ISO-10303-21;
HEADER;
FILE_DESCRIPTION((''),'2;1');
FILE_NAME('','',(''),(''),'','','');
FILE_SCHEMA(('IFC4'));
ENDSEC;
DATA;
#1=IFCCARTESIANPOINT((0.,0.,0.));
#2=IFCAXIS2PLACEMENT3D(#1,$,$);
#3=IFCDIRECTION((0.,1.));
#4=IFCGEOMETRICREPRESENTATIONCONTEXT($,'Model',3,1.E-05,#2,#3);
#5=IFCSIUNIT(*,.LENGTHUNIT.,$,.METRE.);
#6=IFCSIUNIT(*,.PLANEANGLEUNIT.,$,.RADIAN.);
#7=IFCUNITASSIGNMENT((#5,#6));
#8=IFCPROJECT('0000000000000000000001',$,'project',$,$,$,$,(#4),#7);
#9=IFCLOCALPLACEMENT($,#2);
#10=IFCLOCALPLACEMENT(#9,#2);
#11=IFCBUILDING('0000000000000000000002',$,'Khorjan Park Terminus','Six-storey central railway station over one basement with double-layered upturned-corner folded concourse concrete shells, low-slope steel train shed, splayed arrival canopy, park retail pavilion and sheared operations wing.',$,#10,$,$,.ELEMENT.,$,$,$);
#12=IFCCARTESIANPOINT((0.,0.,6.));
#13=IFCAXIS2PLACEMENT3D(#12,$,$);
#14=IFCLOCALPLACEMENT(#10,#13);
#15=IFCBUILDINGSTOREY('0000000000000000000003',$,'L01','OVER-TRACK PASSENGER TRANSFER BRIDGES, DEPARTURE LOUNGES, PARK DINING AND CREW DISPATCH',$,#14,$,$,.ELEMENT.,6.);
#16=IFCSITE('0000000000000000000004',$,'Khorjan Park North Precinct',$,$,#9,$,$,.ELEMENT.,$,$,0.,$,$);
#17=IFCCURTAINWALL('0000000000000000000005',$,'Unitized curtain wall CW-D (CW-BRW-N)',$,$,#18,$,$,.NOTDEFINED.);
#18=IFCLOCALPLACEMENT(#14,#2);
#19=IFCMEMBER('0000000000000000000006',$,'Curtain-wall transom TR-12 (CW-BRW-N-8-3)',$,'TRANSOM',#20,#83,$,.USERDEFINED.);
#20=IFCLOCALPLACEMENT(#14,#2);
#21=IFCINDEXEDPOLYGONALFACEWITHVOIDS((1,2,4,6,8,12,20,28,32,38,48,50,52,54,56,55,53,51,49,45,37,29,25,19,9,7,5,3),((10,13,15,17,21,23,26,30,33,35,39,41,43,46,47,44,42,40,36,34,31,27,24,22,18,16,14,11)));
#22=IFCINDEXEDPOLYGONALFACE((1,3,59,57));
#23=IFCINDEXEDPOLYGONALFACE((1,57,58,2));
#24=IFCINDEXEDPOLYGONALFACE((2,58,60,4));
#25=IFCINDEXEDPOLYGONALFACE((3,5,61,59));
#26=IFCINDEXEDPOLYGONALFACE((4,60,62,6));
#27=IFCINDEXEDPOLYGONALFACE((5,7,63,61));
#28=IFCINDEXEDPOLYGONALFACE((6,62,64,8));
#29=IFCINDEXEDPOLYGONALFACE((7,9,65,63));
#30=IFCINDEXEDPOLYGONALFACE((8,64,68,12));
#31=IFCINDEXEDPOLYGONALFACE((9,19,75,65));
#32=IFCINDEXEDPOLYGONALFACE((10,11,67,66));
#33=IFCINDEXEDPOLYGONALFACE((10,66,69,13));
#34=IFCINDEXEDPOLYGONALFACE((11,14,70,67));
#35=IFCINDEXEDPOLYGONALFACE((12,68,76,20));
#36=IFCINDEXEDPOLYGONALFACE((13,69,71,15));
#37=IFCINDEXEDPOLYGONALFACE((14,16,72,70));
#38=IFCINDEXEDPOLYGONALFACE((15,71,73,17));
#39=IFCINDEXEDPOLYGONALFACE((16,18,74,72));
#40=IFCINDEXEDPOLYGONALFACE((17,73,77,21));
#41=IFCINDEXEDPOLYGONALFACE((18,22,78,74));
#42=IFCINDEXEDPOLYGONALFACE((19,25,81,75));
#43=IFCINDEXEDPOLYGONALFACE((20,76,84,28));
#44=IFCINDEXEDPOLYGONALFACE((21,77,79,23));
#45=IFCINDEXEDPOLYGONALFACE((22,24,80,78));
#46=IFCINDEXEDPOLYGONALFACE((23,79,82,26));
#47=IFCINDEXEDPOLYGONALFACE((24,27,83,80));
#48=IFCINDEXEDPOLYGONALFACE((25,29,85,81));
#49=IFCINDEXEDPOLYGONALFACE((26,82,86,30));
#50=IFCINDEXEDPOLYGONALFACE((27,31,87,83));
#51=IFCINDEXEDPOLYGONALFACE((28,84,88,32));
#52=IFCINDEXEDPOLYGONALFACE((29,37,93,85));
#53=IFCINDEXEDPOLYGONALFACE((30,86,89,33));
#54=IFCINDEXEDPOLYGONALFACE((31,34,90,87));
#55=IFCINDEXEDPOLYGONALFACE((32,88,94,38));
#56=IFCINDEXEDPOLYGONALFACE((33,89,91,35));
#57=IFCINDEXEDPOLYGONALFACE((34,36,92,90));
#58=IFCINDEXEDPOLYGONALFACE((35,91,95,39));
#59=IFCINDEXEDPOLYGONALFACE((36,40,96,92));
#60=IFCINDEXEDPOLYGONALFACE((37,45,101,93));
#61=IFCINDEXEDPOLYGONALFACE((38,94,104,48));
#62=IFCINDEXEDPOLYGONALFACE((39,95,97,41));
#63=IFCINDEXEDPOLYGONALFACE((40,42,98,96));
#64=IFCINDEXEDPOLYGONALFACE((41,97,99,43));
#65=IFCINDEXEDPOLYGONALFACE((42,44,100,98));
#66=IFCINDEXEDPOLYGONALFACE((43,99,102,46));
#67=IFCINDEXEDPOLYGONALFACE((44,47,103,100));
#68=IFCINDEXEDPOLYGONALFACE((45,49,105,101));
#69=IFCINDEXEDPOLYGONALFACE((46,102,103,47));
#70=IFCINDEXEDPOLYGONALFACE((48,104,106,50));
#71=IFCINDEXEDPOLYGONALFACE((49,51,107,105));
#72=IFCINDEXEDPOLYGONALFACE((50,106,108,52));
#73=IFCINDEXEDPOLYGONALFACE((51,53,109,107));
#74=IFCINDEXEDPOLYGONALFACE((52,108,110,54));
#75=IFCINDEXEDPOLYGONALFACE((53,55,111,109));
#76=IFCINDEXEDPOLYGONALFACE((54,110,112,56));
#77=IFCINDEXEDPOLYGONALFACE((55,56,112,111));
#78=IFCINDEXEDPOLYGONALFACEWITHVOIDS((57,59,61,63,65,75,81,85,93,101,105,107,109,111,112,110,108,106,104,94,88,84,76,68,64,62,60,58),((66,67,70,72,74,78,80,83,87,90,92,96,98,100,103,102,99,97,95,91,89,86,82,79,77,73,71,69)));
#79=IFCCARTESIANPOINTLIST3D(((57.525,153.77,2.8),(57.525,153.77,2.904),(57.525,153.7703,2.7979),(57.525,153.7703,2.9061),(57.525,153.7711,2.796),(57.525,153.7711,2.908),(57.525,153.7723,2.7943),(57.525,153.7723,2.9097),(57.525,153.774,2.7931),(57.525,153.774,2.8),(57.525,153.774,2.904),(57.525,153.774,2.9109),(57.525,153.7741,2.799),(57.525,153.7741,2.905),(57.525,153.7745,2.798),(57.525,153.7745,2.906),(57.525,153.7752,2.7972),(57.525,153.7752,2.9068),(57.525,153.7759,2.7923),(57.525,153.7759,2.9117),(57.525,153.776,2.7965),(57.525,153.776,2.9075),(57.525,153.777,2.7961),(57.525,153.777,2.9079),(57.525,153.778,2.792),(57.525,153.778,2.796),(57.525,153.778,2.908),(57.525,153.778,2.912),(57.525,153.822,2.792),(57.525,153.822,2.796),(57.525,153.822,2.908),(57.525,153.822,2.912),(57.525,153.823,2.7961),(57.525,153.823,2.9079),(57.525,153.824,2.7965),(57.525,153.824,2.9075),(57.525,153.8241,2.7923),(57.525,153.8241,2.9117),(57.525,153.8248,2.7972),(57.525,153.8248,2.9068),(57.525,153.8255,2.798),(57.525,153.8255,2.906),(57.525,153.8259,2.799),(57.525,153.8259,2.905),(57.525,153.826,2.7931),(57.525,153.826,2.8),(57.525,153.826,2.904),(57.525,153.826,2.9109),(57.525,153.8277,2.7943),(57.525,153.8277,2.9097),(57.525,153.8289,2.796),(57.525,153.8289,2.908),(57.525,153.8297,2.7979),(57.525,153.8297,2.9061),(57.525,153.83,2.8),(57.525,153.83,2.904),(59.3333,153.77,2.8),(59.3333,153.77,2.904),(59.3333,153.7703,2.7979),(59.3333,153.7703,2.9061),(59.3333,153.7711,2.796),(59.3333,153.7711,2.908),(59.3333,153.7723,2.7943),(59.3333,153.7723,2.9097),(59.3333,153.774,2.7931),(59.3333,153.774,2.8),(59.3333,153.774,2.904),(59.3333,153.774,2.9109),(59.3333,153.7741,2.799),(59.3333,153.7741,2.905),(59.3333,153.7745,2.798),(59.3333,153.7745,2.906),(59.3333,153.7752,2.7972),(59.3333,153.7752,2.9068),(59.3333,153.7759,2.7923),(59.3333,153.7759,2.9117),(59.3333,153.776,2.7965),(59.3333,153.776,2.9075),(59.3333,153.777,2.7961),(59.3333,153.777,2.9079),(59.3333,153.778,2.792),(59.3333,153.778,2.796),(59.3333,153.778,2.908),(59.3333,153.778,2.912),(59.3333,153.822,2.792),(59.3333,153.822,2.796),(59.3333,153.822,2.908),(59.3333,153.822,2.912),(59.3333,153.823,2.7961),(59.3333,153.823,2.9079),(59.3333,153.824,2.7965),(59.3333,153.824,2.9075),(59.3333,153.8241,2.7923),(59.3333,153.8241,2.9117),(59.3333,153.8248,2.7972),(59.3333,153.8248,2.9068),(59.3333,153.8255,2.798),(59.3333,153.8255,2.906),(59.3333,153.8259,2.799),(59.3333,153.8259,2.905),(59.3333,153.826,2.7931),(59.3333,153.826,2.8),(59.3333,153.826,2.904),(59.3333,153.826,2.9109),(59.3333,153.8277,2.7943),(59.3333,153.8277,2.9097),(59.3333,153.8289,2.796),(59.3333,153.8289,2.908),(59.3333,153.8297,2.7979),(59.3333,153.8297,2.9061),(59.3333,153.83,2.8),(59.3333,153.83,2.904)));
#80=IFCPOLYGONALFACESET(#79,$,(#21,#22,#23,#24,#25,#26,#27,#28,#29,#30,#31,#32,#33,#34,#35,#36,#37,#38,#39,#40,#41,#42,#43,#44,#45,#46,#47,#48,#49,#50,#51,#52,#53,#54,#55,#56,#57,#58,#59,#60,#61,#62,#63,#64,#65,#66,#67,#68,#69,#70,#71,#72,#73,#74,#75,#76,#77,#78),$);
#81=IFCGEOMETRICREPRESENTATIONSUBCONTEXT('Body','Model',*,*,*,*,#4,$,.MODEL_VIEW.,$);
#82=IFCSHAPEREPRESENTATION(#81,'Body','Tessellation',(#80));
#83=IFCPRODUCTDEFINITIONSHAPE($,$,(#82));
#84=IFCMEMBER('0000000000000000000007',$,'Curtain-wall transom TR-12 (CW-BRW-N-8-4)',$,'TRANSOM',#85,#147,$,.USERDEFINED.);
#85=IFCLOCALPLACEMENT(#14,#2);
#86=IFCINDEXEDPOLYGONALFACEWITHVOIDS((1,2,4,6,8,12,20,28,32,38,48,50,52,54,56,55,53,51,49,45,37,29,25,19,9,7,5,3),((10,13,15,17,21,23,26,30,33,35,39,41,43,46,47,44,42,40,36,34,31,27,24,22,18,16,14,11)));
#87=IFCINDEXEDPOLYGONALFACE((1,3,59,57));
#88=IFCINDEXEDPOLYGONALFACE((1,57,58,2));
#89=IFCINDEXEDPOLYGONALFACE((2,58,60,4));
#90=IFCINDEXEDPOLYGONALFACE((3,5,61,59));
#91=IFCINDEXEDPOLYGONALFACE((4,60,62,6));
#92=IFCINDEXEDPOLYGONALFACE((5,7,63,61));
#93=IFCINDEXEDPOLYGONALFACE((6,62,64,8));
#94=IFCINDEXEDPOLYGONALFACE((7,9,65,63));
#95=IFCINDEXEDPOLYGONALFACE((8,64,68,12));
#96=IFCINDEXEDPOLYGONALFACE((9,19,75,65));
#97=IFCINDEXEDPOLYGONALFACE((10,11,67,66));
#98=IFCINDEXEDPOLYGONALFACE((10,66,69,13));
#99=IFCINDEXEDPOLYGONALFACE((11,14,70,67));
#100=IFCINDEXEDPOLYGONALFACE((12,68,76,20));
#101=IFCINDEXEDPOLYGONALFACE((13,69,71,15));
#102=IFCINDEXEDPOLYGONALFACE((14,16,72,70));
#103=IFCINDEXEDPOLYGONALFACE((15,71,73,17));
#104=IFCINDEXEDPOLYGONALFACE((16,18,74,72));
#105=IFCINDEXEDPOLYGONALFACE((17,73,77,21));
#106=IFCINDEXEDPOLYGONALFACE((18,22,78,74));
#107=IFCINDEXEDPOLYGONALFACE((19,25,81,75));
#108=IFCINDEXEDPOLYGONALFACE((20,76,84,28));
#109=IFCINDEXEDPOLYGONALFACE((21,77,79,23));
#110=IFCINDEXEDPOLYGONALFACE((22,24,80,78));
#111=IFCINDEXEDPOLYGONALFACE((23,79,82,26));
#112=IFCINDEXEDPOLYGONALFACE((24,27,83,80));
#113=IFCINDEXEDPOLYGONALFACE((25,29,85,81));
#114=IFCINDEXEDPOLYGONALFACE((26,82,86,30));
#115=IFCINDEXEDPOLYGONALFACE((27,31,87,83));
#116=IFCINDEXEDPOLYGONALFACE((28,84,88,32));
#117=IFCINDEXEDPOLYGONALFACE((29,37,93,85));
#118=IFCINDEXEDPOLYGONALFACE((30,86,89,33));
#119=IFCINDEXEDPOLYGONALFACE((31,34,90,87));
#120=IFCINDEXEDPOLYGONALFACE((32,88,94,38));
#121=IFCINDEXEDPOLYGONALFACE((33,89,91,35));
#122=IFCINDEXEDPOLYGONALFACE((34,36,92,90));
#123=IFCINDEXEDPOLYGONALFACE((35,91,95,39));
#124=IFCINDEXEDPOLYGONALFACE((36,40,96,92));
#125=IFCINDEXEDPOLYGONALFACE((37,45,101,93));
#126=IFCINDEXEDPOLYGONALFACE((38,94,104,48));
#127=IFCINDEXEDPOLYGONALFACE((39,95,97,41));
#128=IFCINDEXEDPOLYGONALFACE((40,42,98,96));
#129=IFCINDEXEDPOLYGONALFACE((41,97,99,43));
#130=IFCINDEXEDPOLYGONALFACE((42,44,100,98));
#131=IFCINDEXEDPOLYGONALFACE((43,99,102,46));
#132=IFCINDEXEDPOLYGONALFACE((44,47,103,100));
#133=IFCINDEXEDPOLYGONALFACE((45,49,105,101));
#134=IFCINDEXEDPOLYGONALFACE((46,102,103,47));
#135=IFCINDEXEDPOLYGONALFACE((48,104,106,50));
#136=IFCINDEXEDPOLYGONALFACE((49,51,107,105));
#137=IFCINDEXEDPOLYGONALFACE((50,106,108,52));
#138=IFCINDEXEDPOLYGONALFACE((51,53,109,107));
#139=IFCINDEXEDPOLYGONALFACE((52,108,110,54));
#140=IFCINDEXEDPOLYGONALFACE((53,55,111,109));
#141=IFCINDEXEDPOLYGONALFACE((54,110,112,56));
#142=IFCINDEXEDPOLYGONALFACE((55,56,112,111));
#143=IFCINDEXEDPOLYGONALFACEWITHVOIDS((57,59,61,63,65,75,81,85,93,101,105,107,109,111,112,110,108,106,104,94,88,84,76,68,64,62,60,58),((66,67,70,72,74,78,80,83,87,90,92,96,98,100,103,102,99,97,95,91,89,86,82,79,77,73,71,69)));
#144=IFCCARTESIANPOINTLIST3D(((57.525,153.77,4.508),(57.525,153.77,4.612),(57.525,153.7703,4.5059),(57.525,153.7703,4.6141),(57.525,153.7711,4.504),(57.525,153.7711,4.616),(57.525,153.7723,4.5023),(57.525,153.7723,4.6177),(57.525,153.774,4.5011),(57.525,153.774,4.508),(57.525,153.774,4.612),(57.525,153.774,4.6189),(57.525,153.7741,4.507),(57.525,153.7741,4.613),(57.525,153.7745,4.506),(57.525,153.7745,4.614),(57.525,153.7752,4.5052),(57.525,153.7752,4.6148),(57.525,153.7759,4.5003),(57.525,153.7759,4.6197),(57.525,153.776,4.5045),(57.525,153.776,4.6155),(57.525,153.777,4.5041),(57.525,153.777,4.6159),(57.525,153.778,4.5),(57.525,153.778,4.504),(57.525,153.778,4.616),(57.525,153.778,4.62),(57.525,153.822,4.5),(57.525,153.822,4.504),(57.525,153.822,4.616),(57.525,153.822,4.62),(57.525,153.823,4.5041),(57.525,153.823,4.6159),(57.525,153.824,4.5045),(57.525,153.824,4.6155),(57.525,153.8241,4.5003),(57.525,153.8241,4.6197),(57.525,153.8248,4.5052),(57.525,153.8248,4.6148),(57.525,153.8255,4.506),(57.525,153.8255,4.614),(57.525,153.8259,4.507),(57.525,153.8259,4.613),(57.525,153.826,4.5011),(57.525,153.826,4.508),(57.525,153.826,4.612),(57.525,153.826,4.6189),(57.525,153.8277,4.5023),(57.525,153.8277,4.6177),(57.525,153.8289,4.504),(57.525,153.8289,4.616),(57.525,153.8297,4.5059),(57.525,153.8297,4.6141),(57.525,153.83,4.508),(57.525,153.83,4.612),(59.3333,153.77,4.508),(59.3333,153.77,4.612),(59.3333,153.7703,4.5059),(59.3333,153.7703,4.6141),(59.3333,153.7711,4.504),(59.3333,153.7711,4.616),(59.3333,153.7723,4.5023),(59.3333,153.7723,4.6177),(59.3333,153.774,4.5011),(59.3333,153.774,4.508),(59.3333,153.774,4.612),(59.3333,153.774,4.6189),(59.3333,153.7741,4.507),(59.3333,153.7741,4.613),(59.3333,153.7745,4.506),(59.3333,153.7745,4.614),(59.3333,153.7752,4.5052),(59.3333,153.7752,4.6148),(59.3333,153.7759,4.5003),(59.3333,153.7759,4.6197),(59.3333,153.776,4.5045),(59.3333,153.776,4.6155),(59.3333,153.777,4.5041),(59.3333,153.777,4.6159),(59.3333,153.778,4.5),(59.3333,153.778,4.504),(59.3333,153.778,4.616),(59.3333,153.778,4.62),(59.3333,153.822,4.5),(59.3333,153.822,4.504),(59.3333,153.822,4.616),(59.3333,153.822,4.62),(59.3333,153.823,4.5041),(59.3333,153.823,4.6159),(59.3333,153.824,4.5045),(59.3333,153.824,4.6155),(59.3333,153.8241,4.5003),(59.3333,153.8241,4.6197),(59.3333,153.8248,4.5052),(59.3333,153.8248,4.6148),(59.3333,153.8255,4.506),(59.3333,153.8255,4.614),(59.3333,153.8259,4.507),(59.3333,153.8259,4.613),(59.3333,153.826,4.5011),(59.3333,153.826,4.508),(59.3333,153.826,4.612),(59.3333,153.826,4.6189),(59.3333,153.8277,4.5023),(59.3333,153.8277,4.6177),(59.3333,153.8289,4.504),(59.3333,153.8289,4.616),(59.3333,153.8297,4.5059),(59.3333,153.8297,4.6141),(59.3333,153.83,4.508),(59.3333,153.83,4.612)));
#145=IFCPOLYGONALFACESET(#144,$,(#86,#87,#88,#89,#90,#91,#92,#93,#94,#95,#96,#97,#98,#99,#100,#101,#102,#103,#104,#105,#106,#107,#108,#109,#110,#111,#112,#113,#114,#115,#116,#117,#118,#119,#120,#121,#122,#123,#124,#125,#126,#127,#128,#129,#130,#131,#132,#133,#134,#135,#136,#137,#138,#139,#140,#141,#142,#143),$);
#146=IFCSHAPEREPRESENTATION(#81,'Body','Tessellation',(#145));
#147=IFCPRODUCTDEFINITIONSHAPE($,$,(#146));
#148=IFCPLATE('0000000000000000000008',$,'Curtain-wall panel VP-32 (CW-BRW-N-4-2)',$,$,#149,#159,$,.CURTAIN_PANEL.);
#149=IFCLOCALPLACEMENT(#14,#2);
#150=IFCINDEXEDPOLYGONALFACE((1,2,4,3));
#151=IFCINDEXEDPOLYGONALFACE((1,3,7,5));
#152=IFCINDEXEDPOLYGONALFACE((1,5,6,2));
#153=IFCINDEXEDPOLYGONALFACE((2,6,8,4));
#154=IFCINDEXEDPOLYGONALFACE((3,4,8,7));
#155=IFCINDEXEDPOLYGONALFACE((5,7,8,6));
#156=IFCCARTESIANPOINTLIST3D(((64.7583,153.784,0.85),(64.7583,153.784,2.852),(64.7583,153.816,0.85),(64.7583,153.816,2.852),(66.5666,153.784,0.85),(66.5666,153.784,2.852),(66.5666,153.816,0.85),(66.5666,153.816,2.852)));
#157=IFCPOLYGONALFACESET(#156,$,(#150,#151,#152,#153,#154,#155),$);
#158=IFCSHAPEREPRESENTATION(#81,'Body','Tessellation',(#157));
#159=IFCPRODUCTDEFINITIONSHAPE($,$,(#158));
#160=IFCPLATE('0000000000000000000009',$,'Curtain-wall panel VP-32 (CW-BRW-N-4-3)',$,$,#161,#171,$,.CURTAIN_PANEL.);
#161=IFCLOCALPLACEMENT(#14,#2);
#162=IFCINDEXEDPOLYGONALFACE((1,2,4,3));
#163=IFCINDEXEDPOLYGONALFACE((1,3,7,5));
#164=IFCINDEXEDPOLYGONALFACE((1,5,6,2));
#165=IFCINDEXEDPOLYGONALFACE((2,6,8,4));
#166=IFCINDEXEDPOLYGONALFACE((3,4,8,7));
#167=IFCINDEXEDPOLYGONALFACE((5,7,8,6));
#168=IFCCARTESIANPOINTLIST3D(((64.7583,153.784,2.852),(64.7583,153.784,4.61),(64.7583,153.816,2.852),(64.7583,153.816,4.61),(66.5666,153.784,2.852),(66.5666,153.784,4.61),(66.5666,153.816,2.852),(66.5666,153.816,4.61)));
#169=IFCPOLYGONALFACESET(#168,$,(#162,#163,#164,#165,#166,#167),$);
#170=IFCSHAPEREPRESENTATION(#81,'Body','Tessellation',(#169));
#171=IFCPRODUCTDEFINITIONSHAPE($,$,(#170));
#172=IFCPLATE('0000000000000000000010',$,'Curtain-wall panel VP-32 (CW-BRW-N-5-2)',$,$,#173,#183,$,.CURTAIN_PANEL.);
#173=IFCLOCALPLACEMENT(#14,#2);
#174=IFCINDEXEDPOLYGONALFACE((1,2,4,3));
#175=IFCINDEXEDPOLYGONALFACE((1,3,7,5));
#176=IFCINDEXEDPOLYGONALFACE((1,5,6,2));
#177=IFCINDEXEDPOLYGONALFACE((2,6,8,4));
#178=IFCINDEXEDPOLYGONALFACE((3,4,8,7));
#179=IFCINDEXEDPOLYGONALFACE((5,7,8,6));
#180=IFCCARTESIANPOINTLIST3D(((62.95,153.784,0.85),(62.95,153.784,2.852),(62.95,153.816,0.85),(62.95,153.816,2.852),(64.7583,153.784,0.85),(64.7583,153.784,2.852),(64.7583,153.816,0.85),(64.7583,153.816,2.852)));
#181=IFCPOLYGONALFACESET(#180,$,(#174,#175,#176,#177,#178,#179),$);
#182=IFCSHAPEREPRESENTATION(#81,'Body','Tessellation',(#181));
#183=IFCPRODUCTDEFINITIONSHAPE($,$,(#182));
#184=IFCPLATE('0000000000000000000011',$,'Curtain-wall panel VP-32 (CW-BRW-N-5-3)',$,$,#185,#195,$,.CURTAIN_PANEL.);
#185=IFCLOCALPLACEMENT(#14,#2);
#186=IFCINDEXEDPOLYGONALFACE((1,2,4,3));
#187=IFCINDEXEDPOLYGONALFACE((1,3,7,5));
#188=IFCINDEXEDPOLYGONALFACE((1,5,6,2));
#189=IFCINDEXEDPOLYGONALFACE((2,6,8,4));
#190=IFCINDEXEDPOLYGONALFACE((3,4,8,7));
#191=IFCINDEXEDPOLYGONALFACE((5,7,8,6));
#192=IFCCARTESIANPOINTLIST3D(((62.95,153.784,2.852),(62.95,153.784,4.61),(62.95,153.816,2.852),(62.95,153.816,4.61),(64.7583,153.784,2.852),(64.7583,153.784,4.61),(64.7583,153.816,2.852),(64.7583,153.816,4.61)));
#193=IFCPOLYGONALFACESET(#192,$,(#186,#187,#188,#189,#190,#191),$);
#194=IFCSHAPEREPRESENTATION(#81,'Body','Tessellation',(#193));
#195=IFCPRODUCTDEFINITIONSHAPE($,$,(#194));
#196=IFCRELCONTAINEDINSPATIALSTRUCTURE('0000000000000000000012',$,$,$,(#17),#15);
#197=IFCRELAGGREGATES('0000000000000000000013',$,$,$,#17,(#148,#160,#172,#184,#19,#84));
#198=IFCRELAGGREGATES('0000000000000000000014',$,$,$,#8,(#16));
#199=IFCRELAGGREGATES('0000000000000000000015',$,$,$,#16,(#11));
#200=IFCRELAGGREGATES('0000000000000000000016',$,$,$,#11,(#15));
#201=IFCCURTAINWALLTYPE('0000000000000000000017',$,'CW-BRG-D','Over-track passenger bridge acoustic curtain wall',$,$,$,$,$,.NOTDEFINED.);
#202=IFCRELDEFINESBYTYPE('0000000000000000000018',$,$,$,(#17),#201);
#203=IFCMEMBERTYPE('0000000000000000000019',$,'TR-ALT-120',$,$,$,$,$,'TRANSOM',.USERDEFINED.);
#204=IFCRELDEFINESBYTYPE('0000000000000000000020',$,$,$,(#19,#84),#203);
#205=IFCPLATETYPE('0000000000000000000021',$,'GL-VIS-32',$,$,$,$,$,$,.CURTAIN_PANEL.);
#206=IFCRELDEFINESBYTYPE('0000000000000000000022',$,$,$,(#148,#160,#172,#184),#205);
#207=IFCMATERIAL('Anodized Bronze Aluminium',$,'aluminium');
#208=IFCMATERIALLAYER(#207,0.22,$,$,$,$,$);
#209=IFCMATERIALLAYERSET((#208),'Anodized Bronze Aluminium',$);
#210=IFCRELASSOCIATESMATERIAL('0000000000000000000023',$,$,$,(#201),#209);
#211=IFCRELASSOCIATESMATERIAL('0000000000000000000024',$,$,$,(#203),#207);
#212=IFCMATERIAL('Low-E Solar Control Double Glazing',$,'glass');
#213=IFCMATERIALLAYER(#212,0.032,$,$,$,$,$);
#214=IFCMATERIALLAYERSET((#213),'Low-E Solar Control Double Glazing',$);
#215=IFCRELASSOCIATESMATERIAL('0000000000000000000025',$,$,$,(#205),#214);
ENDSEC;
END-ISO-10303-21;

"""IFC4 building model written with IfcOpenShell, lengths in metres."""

from ifc_helpers import new_model, si_unit, direction, frame, origin, origin_2d, place, context, subcontext, project, spatial, rectangle, hollow_rectangle, extrude, material, layer, layer_set, material_profile, profile_set, type_object, element, aggregate, save


model = new_model("IFC4")

# Units and contexts
model_context = context("Model", 3, precision=1e-05, world=origin(), true_north=direction((0.0, 1.0)))
body_context = subcontext(model_context, "Body", "Model", "MODEL_VIEW")
ifc_project = project(units=[si_unit("LENGTHUNIT", "METRE"), si_unit("PLANEANGLEUNIT", "RADIAN")], contexts=[model_context])

# Site, building, storey
site_placement = place(None, origin())
site = spatial("IfcSite", under=ifc_project, at=site_placement, Name="Khorjan Park North Precinct", CompositionType="ELEMENT", RefElevation=0.0)
building_placement = place(site_placement, origin())
building = spatial("IfcBuilding", under=site, at=building_placement, Name="Khorjan Park Terminus", Description="Six-storey central railway station over one basement with double-layered upturned-corner folded concourse concrete shells, low-slope steel train shed, splayed arrival canopy, park retail pavilion and sheared operations wing.", CompositionType="ELEMENT")
storey_placement = place(building_placement, frame((0.0, 0.0, 6.0)))
storey = spatial("IfcBuildingStorey", under=building, at=storey_placement, Name="L01", Description="OVER-TRACK PASSENGER TRANSFER BRIDGES, DEPARTURE LOUNGES, PARK DINING AND CREW DISPATCH", CompositionType="ELEMENT", Elevation=6.0)

# Curtain wall, members, plates
ifc_material_1 = material(Name="Anodized Bronze Aluminium", Category="aluminium")
ifc_layer_1 = layer(ifc_material_1, 0.22)
ifc_layer_set_1 = layer_set([ifc_layer_1], Name="Anodized Bronze Aluminium")
curtain_wall_type = type_object("IfcCurtainWallType", Name="CW-BRG-D", Description="Over-track passenger bridge acoustic curtain wall", PredefinedType="NOTDEFINED", material=ifc_layer_set_1)
curtain_wall_placement = place(storey_placement, origin())
curtain_wall = element("IfcCurtainWall", 1, at=curtain_wall_placement, inside=storey, type_object=curtain_wall_type, Name="Unitized curtain wall CW-D (CW-BRW-N)", PredefinedType="NOTDEFINED")
ifc_material_profile_1 = material_profile(ifc_material_1, hollow_rectangle(XDim=0.06, YDim=0.12, WallThickness=0.004, InnerFilletRadius=0.004, OuterFilletRadius=0.008, at=origin_2d()), Name="ALT 60x120x4")
ifc_profile_set_1 = profile_set([ifc_material_profile_1], Name="Anodized Bronze Aluminium")
member_type_1 = type_object("IfcMemberType", Name="TR-ALT-120", ElementType="TRANSOM", PredefinedType="USERDEFINED", material=ifc_profile_set_1)
member_1_placement = place(storey_placement, frame((59.3333, 153.8, 2.852), z_axis=(-1.0, 0.0, 0.0), x_axis=(0.0, -1.0, 0.0)))
member_1 = element("IfcMember", 2, at=member_1_placement, type_object=member_type_1, Name="Curtain-wall transom TR-12 (CW-BRW-N-8-3)", ObjectType="TRANSOM", PredefinedType="USERDEFINED", context=body_context, shape_type="SweptSolid", body=[
    extrude(hollow_rectangle(XDim=0.06, YDim=0.12, WallThickness=0.004, InnerFilletRadius=0.004, OuterFilletRadius=0.008, at=origin_2d()), origin(), (0.0, 0.0, 1.0), 1.8083),
])
member_2_placement = place(storey_placement, frame((59.3333, 153.8, 4.56), z_axis=(-1.0, 0.0, 0.0), x_axis=(0.0, -1.0, 0.0)))
member_2 = element("IfcMember", 3, at=member_2_placement, type_object=member_type_1, Name="Curtain-wall transom TR-12 (CW-BRW-N-8-4)", ObjectType="TRANSOM", PredefinedType="USERDEFINED", context=body_context, shape_type="SweptSolid", body=[
    extrude(hollow_rectangle(XDim=0.06, YDim=0.12, WallThickness=0.004, InnerFilletRadius=0.004, OuterFilletRadius=0.008, at=origin_2d()), origin(), (0.0, 0.0, 1.0), 1.8083),
])
ifc_material_2 = material(Name="Low-E Solar Control Double Glazing", Category="glass")
ifc_layer_2 = layer(ifc_material_2, 0.032)
ifc_layer_set_2 = layer_set([ifc_layer_2], Name="Low-E Solar Control Double Glazing")
plate_type_1 = type_object("IfcPlateType", Name="GL-VIS-32", PredefinedType="CURTAIN_PANEL", material=ifc_layer_set_2)
plate_1_placement = place(storey_placement, frame((65.6625, 153.8, 0.85), z_axis=(0.0, 0.0, 1.0), x_axis=(-1.0, 0.0, 0.0)))
plate_1 = element("IfcPlate", 4, at=plate_1_placement, type_object=plate_type_1, Name="Curtain-wall panel VP-32 (CW-BRW-N-4-2)", PredefinedType="CURTAIN_PANEL", context=body_context, shape_type="SweptSolid", body=[
    extrude(rectangle(XDim=1.8083, YDim=0.032, at=origin_2d()), origin(), (0.0, 0.0, 1.0), 2.002),
])
plate_2_placement = place(storey_placement, frame((65.6625, 153.8, 2.852), z_axis=(0.0, 0.0, 1.0), x_axis=(-1.0, 0.0, 0.0)))
plate_2 = element("IfcPlate", 5, at=plate_2_placement, type_object=plate_type_1, Name="Curtain-wall panel VP-32 (CW-BRW-N-4-3)", PredefinedType="CURTAIN_PANEL", context=body_context, shape_type="SweptSolid", body=[
    extrude(rectangle(XDim=1.8083, YDim=0.032, at=origin_2d()), origin(), (0.0, 0.0, 1.0), 1.758),
])
plate_3_placement = place(storey_placement, frame((63.8542, 153.8, 0.85), z_axis=(0.0, 0.0, 1.0), x_axis=(-1.0, 0.0, 0.0)))
plate_3 = element("IfcPlate", 6, at=plate_3_placement, type_object=plate_type_1, Name="Curtain-wall panel VP-32 (CW-BRW-N-5-2)", PredefinedType="CURTAIN_PANEL", context=body_context, shape_type="SweptSolid", body=[
    extrude(rectangle(XDim=1.8083, YDim=0.032, at=origin_2d()), origin(), (0.0, 0.0, 1.0), 2.002),
])
plate_4_placement = place(storey_placement, frame((63.8542, 153.8, 2.852), z_axis=(0.0, 0.0, 1.0), x_axis=(-1.0, 0.0, 0.0)))
plate_4 = element("IfcPlate", 7, at=plate_4_placement, type_object=plate_type_1, Name="Curtain-wall panel VP-32 (CW-BRW-N-5-3)", PredefinedType="CURTAIN_PANEL", context=body_context, shape_type="SweptSolid", body=[
    extrude(rectangle(XDim=1.8083, YDim=0.032, at=origin_2d()), origin(), (0.0, 0.0, 1.0), 1.758),
])
aggregate(curtain_wall, [plate_1, plate_2, plate_3, plate_4, member_1, member_2])

save(model, "model.ifc")
